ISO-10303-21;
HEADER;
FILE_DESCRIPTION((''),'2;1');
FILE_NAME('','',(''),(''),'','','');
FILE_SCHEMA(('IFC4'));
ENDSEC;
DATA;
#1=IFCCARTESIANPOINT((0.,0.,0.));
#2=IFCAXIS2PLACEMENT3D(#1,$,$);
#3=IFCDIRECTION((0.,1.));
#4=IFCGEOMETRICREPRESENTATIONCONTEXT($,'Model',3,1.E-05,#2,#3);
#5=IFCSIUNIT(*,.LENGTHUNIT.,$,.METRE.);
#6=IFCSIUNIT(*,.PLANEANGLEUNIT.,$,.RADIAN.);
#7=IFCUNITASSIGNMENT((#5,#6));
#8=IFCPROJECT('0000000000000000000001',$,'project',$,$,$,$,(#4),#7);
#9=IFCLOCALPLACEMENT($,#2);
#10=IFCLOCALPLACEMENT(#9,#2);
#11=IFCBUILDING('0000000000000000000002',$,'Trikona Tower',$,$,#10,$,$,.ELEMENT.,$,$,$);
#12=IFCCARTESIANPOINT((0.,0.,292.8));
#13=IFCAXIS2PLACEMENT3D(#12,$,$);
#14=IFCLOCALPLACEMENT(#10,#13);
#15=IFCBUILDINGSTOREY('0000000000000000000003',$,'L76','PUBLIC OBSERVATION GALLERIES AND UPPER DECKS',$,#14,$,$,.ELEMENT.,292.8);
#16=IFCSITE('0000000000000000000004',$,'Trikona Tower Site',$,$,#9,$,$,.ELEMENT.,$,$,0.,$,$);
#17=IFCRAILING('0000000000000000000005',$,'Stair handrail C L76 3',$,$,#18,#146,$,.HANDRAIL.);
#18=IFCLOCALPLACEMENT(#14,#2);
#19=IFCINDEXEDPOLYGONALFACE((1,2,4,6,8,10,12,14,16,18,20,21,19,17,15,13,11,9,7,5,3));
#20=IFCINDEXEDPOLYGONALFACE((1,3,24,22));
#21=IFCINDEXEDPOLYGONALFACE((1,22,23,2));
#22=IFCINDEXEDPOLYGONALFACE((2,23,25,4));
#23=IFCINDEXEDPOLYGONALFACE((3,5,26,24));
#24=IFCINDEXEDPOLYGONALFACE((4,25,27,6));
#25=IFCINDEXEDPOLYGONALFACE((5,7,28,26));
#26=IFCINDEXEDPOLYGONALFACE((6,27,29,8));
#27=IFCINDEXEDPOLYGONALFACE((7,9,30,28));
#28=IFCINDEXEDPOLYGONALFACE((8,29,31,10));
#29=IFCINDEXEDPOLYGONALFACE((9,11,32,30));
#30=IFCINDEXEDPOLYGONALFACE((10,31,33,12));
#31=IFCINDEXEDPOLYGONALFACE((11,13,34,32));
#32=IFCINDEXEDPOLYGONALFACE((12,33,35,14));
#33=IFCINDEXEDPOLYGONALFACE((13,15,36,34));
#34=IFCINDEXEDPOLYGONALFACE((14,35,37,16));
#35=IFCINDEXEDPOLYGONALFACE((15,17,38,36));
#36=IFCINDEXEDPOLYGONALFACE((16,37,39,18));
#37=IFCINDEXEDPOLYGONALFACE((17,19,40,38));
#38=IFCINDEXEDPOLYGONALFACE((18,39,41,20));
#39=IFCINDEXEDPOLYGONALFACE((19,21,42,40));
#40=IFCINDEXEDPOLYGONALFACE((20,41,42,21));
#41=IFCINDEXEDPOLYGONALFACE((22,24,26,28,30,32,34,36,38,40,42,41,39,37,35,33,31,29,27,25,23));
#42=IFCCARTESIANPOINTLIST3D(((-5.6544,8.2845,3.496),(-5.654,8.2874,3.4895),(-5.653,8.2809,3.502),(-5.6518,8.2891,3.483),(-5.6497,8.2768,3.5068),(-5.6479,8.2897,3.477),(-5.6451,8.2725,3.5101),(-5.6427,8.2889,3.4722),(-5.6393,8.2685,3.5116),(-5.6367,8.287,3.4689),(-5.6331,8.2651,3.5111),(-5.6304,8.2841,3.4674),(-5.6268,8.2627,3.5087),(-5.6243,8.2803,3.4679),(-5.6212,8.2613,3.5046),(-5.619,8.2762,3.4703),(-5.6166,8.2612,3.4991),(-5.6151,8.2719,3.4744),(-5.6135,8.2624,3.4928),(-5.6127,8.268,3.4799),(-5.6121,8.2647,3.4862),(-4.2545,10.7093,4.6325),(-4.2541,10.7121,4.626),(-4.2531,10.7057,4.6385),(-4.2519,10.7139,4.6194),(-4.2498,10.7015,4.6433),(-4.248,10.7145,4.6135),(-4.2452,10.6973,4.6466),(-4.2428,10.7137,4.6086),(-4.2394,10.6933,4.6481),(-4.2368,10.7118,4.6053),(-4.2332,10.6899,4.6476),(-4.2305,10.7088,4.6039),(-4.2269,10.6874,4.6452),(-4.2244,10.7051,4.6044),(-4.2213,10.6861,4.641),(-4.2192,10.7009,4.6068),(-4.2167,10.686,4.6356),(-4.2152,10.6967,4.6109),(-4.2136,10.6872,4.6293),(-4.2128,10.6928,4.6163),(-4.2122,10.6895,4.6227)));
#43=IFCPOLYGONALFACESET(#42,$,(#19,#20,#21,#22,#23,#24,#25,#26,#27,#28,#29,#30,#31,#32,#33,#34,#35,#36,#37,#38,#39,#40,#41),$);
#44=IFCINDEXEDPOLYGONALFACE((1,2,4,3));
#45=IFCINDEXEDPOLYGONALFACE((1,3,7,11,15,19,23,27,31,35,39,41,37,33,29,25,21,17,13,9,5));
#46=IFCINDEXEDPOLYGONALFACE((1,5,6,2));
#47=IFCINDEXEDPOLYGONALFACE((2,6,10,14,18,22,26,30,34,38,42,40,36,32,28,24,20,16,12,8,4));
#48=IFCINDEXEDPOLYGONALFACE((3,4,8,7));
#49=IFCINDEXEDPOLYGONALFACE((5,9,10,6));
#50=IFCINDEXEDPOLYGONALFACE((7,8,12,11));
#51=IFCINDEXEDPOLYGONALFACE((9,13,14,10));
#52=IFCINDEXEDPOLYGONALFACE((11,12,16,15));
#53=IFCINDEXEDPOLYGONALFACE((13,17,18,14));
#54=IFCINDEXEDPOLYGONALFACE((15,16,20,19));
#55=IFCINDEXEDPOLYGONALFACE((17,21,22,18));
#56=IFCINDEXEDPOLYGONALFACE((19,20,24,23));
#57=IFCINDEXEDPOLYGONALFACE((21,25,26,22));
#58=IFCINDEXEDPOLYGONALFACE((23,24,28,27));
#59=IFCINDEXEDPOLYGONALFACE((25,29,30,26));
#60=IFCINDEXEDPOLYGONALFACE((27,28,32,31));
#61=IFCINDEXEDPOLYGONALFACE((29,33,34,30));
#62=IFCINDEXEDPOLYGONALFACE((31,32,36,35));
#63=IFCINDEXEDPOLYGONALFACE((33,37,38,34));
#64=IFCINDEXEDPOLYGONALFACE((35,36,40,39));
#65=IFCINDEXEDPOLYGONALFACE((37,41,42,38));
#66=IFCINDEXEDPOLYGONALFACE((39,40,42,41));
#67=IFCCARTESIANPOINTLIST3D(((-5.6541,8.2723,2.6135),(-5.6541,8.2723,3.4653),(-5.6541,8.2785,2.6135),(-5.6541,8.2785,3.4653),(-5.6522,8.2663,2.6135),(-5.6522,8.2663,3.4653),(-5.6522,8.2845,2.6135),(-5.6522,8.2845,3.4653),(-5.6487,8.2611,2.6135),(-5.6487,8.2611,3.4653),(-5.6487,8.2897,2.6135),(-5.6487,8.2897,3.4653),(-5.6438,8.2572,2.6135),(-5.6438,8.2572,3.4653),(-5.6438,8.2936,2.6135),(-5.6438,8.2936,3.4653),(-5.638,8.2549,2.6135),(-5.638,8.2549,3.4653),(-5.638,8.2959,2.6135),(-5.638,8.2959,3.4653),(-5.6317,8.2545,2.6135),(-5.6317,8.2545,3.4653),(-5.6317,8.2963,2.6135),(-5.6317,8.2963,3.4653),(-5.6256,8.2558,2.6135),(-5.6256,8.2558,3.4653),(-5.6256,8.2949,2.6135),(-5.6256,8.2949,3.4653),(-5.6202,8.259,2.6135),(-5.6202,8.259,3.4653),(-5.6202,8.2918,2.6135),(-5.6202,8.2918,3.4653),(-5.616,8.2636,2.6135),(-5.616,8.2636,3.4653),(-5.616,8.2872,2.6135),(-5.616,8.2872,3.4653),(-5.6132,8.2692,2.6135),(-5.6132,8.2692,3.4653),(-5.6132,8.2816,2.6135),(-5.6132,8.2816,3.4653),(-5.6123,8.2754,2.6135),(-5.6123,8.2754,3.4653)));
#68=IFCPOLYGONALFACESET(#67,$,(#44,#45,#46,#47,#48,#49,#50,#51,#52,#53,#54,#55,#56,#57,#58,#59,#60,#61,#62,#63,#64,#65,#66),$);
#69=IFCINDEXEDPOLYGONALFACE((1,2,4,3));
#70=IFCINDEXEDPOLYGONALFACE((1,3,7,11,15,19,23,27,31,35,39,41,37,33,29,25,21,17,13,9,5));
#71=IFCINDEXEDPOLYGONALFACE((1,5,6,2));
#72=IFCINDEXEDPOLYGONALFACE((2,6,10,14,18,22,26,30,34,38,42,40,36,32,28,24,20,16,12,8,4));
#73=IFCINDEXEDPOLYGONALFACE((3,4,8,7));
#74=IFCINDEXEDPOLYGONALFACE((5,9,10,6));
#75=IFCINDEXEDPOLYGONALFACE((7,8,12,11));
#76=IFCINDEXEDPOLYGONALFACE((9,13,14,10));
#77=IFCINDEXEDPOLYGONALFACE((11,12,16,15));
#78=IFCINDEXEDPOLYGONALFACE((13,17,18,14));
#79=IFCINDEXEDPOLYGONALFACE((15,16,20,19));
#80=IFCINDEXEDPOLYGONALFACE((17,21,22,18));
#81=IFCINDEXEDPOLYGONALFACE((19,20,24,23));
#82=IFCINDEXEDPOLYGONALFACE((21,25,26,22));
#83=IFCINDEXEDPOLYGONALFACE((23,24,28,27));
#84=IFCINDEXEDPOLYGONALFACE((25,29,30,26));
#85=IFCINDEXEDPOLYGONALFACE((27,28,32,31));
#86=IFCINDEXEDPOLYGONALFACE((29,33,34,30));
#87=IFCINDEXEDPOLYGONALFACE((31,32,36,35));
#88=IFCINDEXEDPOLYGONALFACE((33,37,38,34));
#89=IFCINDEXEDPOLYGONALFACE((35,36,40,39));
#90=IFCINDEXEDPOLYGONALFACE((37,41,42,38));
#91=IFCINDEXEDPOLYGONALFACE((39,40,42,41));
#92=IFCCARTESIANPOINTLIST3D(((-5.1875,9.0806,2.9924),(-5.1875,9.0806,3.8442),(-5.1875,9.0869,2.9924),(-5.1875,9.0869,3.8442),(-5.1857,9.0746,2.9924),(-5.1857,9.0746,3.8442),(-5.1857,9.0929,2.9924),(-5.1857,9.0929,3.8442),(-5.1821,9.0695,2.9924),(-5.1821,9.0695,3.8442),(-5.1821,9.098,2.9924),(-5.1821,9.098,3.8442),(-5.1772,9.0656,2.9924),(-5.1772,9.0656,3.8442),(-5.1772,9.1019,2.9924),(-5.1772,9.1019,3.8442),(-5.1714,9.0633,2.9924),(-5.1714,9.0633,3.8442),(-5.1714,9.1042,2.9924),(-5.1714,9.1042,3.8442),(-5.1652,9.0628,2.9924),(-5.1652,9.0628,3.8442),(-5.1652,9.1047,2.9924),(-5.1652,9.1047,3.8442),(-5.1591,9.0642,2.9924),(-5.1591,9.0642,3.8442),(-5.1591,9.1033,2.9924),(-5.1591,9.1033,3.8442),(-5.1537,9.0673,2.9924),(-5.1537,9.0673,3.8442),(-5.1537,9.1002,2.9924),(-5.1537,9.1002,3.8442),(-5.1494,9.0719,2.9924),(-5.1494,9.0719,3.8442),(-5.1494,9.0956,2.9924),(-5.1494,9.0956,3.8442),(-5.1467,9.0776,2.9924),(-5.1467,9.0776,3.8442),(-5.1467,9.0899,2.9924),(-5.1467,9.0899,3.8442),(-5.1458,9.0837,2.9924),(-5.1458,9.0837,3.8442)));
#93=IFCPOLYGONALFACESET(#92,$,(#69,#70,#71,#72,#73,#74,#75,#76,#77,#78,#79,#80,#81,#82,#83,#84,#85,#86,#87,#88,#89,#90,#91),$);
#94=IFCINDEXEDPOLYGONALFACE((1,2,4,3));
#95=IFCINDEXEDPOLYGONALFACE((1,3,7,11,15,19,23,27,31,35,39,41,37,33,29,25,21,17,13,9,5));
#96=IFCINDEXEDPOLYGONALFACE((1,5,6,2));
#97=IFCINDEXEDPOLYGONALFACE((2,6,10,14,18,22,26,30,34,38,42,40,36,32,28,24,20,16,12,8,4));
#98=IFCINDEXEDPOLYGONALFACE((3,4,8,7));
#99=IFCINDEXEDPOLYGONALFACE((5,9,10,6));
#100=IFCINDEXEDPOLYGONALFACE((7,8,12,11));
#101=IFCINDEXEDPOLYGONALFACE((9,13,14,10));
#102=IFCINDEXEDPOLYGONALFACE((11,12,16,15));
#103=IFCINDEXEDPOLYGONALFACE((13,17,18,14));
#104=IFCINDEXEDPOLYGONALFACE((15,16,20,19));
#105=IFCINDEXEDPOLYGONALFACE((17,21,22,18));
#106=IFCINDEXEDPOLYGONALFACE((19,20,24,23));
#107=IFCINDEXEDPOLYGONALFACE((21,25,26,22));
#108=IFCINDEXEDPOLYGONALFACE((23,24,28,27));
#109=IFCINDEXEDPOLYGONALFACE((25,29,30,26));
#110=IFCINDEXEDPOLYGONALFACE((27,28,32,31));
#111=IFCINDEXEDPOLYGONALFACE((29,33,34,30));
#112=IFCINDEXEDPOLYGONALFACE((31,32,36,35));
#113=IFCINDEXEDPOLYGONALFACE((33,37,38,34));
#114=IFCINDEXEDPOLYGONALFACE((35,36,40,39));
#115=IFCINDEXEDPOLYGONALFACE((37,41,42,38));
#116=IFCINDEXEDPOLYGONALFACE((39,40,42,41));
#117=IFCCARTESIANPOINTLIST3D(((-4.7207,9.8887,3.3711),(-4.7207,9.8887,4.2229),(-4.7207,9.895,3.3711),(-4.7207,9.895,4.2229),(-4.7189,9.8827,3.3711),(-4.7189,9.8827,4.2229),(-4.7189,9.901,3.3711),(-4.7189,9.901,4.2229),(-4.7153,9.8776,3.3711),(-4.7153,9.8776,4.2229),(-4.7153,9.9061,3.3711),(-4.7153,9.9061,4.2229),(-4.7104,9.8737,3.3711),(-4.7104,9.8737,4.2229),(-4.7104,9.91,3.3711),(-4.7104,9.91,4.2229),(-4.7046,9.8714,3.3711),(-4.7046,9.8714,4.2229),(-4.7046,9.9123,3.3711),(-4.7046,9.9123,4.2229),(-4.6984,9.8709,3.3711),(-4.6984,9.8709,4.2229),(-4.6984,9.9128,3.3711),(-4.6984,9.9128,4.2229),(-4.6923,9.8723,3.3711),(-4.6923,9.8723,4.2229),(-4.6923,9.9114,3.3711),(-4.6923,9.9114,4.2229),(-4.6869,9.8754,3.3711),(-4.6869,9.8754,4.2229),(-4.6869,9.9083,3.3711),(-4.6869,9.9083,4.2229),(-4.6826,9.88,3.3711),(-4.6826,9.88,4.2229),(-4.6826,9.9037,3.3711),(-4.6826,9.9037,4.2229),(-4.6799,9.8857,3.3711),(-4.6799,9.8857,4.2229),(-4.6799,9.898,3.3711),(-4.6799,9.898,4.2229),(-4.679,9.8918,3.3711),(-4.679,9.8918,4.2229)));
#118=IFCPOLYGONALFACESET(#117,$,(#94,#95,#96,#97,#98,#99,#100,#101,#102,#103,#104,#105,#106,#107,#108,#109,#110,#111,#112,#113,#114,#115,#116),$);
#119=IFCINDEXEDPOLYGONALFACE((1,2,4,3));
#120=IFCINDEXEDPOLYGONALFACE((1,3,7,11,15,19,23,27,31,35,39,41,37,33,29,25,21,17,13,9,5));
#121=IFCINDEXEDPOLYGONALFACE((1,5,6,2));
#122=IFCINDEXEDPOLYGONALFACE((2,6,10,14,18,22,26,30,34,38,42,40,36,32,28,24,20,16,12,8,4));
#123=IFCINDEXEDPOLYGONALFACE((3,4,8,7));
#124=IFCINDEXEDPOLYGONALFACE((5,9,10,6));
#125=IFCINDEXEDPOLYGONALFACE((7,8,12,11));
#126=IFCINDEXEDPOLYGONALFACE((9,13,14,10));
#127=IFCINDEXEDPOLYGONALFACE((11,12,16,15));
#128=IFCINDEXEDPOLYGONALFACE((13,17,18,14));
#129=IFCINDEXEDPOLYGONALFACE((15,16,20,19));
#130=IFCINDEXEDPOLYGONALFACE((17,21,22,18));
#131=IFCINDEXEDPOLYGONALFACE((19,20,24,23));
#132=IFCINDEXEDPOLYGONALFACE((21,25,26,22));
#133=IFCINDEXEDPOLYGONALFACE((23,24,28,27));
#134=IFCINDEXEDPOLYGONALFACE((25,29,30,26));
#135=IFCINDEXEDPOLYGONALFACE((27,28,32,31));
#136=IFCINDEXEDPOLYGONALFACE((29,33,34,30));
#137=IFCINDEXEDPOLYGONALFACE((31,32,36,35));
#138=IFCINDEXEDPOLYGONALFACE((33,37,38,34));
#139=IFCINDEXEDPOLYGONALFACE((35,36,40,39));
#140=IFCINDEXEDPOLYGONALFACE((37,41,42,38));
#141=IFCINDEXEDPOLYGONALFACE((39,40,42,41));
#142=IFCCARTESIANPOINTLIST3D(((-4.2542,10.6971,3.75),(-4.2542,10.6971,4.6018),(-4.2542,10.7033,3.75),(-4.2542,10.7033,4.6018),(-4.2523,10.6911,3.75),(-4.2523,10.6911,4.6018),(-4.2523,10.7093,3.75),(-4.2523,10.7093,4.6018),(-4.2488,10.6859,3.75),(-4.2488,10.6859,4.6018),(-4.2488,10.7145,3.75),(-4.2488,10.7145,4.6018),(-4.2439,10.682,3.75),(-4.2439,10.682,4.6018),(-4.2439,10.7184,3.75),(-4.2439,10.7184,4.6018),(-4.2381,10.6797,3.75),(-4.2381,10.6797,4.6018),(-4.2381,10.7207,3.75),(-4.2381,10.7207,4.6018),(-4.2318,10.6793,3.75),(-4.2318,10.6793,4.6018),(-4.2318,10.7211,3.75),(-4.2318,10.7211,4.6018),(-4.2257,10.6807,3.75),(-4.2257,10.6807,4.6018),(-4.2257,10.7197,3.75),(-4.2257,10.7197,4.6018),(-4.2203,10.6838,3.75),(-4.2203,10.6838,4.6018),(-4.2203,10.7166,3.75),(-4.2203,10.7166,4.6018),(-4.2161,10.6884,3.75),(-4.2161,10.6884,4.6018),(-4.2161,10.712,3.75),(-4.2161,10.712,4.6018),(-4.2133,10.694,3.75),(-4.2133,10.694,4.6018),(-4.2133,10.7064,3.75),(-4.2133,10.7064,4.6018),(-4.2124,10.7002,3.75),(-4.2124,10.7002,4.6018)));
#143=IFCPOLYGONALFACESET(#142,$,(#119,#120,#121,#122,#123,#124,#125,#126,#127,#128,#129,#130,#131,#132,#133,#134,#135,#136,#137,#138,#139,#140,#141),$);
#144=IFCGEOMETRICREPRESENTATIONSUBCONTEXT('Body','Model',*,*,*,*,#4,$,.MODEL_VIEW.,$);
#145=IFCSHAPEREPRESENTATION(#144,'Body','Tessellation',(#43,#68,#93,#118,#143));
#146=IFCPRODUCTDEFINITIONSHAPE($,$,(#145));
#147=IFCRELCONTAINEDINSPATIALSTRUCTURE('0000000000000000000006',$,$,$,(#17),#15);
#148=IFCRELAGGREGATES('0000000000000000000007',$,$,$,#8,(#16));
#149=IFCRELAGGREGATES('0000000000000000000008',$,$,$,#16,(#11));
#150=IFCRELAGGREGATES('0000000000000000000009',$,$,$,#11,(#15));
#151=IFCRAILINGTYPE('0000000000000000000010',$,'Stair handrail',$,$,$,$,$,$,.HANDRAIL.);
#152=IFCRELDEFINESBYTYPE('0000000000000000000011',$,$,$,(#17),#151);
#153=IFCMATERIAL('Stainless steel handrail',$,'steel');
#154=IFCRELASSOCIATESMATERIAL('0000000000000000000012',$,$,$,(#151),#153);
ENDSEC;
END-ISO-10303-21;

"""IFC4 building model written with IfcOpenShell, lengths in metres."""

from ifc_helpers import new_model, si_unit, direction, frame, origin, origin_2d, place, context, subcontext, project, spatial, circle, extrude, material, type_object, element, save


model = new_model("IFC4")

# Units and contexts
model_context = context("Model", 3, precision=1e-05, world=origin(), true_north=direction((0.0, 1.0)))
body_context = subcontext(model_context, "Body", "Model", "MODEL_VIEW")
ifc_project = project(units=[si_unit("LENGTHUNIT", "METRE"), si_unit("PLANEANGLEUNIT", "RADIAN")], contexts=[model_context])

# Site, building, storey
site_placement = place(None, origin())
site = spatial("IfcSite", under=ifc_project, at=site_placement, Name="Trikona Tower Site", CompositionType="ELEMENT", RefElevation=0.0)
building_placement = place(site_placement, origin())
building = spatial("IfcBuilding", under=site, at=building_placement, Name="Trikona Tower", CompositionType="ELEMENT")
storey_placement = place(building_placement, frame((0.0, 0.0, 292.8)))
storey = spatial("IfcBuildingStorey", under=building, at=storey_placement, Name="L76", Description="PUBLIC OBSERVATION GALLERIES AND UPPER DECKS", CompositionType="ELEMENT", Elevation=292.8)

# Railing
ifc_material_1 = material(Name="Stainless steel handrail", Category="steel")
railing_type = type_object("IfcRailingType", Name="Stair handrail", PredefinedType="HANDRAIL", material=ifc_material_1)
railing_1_placement = place(storey_placement, frame((-5.6333, 8.2754, 2.6135)))
element("IfcRailing", 1, at=railing_1_placement, inside=storey, type_object=railing_type, Name="Stair handrail C L76 3", PredefinedType="HANDRAIL", context=body_context, shape_type="SweptSolid", body=[
    extrude(circle(Radius=0.0239, at=origin_2d()), frame((0.0, 0.0, 0.876), z_axis=(0.463275, 0.80245, 0.376098), x_axis=(-0.866035, 0.499984, 0.0)), (0.0, 0.0, 1.0), 3.0217),
    extrude(circle(Radius=0.021, at=origin_2d()), origin(), (0.0, 0.0, 1.0), 0.8518),
    extrude(circle(Radius=0.021, at=origin_2d()), frame((0.4666, 0.8083, 0.3789)), (0.0, 0.0, 1.0), 0.8518),
    extrude(circle(Radius=0.021, at=origin_2d()), frame((0.9333, 1.6165, 0.7576)), (0.0, 0.0, 1.0), 0.8518),
    extrude(circle(Radius=0.021, at=origin_2d()), frame((1.3999, 2.4248, 1.1365)), (0.0, 0.0, 1.0), 0.8518),
])

save(model, "model.ifc")
